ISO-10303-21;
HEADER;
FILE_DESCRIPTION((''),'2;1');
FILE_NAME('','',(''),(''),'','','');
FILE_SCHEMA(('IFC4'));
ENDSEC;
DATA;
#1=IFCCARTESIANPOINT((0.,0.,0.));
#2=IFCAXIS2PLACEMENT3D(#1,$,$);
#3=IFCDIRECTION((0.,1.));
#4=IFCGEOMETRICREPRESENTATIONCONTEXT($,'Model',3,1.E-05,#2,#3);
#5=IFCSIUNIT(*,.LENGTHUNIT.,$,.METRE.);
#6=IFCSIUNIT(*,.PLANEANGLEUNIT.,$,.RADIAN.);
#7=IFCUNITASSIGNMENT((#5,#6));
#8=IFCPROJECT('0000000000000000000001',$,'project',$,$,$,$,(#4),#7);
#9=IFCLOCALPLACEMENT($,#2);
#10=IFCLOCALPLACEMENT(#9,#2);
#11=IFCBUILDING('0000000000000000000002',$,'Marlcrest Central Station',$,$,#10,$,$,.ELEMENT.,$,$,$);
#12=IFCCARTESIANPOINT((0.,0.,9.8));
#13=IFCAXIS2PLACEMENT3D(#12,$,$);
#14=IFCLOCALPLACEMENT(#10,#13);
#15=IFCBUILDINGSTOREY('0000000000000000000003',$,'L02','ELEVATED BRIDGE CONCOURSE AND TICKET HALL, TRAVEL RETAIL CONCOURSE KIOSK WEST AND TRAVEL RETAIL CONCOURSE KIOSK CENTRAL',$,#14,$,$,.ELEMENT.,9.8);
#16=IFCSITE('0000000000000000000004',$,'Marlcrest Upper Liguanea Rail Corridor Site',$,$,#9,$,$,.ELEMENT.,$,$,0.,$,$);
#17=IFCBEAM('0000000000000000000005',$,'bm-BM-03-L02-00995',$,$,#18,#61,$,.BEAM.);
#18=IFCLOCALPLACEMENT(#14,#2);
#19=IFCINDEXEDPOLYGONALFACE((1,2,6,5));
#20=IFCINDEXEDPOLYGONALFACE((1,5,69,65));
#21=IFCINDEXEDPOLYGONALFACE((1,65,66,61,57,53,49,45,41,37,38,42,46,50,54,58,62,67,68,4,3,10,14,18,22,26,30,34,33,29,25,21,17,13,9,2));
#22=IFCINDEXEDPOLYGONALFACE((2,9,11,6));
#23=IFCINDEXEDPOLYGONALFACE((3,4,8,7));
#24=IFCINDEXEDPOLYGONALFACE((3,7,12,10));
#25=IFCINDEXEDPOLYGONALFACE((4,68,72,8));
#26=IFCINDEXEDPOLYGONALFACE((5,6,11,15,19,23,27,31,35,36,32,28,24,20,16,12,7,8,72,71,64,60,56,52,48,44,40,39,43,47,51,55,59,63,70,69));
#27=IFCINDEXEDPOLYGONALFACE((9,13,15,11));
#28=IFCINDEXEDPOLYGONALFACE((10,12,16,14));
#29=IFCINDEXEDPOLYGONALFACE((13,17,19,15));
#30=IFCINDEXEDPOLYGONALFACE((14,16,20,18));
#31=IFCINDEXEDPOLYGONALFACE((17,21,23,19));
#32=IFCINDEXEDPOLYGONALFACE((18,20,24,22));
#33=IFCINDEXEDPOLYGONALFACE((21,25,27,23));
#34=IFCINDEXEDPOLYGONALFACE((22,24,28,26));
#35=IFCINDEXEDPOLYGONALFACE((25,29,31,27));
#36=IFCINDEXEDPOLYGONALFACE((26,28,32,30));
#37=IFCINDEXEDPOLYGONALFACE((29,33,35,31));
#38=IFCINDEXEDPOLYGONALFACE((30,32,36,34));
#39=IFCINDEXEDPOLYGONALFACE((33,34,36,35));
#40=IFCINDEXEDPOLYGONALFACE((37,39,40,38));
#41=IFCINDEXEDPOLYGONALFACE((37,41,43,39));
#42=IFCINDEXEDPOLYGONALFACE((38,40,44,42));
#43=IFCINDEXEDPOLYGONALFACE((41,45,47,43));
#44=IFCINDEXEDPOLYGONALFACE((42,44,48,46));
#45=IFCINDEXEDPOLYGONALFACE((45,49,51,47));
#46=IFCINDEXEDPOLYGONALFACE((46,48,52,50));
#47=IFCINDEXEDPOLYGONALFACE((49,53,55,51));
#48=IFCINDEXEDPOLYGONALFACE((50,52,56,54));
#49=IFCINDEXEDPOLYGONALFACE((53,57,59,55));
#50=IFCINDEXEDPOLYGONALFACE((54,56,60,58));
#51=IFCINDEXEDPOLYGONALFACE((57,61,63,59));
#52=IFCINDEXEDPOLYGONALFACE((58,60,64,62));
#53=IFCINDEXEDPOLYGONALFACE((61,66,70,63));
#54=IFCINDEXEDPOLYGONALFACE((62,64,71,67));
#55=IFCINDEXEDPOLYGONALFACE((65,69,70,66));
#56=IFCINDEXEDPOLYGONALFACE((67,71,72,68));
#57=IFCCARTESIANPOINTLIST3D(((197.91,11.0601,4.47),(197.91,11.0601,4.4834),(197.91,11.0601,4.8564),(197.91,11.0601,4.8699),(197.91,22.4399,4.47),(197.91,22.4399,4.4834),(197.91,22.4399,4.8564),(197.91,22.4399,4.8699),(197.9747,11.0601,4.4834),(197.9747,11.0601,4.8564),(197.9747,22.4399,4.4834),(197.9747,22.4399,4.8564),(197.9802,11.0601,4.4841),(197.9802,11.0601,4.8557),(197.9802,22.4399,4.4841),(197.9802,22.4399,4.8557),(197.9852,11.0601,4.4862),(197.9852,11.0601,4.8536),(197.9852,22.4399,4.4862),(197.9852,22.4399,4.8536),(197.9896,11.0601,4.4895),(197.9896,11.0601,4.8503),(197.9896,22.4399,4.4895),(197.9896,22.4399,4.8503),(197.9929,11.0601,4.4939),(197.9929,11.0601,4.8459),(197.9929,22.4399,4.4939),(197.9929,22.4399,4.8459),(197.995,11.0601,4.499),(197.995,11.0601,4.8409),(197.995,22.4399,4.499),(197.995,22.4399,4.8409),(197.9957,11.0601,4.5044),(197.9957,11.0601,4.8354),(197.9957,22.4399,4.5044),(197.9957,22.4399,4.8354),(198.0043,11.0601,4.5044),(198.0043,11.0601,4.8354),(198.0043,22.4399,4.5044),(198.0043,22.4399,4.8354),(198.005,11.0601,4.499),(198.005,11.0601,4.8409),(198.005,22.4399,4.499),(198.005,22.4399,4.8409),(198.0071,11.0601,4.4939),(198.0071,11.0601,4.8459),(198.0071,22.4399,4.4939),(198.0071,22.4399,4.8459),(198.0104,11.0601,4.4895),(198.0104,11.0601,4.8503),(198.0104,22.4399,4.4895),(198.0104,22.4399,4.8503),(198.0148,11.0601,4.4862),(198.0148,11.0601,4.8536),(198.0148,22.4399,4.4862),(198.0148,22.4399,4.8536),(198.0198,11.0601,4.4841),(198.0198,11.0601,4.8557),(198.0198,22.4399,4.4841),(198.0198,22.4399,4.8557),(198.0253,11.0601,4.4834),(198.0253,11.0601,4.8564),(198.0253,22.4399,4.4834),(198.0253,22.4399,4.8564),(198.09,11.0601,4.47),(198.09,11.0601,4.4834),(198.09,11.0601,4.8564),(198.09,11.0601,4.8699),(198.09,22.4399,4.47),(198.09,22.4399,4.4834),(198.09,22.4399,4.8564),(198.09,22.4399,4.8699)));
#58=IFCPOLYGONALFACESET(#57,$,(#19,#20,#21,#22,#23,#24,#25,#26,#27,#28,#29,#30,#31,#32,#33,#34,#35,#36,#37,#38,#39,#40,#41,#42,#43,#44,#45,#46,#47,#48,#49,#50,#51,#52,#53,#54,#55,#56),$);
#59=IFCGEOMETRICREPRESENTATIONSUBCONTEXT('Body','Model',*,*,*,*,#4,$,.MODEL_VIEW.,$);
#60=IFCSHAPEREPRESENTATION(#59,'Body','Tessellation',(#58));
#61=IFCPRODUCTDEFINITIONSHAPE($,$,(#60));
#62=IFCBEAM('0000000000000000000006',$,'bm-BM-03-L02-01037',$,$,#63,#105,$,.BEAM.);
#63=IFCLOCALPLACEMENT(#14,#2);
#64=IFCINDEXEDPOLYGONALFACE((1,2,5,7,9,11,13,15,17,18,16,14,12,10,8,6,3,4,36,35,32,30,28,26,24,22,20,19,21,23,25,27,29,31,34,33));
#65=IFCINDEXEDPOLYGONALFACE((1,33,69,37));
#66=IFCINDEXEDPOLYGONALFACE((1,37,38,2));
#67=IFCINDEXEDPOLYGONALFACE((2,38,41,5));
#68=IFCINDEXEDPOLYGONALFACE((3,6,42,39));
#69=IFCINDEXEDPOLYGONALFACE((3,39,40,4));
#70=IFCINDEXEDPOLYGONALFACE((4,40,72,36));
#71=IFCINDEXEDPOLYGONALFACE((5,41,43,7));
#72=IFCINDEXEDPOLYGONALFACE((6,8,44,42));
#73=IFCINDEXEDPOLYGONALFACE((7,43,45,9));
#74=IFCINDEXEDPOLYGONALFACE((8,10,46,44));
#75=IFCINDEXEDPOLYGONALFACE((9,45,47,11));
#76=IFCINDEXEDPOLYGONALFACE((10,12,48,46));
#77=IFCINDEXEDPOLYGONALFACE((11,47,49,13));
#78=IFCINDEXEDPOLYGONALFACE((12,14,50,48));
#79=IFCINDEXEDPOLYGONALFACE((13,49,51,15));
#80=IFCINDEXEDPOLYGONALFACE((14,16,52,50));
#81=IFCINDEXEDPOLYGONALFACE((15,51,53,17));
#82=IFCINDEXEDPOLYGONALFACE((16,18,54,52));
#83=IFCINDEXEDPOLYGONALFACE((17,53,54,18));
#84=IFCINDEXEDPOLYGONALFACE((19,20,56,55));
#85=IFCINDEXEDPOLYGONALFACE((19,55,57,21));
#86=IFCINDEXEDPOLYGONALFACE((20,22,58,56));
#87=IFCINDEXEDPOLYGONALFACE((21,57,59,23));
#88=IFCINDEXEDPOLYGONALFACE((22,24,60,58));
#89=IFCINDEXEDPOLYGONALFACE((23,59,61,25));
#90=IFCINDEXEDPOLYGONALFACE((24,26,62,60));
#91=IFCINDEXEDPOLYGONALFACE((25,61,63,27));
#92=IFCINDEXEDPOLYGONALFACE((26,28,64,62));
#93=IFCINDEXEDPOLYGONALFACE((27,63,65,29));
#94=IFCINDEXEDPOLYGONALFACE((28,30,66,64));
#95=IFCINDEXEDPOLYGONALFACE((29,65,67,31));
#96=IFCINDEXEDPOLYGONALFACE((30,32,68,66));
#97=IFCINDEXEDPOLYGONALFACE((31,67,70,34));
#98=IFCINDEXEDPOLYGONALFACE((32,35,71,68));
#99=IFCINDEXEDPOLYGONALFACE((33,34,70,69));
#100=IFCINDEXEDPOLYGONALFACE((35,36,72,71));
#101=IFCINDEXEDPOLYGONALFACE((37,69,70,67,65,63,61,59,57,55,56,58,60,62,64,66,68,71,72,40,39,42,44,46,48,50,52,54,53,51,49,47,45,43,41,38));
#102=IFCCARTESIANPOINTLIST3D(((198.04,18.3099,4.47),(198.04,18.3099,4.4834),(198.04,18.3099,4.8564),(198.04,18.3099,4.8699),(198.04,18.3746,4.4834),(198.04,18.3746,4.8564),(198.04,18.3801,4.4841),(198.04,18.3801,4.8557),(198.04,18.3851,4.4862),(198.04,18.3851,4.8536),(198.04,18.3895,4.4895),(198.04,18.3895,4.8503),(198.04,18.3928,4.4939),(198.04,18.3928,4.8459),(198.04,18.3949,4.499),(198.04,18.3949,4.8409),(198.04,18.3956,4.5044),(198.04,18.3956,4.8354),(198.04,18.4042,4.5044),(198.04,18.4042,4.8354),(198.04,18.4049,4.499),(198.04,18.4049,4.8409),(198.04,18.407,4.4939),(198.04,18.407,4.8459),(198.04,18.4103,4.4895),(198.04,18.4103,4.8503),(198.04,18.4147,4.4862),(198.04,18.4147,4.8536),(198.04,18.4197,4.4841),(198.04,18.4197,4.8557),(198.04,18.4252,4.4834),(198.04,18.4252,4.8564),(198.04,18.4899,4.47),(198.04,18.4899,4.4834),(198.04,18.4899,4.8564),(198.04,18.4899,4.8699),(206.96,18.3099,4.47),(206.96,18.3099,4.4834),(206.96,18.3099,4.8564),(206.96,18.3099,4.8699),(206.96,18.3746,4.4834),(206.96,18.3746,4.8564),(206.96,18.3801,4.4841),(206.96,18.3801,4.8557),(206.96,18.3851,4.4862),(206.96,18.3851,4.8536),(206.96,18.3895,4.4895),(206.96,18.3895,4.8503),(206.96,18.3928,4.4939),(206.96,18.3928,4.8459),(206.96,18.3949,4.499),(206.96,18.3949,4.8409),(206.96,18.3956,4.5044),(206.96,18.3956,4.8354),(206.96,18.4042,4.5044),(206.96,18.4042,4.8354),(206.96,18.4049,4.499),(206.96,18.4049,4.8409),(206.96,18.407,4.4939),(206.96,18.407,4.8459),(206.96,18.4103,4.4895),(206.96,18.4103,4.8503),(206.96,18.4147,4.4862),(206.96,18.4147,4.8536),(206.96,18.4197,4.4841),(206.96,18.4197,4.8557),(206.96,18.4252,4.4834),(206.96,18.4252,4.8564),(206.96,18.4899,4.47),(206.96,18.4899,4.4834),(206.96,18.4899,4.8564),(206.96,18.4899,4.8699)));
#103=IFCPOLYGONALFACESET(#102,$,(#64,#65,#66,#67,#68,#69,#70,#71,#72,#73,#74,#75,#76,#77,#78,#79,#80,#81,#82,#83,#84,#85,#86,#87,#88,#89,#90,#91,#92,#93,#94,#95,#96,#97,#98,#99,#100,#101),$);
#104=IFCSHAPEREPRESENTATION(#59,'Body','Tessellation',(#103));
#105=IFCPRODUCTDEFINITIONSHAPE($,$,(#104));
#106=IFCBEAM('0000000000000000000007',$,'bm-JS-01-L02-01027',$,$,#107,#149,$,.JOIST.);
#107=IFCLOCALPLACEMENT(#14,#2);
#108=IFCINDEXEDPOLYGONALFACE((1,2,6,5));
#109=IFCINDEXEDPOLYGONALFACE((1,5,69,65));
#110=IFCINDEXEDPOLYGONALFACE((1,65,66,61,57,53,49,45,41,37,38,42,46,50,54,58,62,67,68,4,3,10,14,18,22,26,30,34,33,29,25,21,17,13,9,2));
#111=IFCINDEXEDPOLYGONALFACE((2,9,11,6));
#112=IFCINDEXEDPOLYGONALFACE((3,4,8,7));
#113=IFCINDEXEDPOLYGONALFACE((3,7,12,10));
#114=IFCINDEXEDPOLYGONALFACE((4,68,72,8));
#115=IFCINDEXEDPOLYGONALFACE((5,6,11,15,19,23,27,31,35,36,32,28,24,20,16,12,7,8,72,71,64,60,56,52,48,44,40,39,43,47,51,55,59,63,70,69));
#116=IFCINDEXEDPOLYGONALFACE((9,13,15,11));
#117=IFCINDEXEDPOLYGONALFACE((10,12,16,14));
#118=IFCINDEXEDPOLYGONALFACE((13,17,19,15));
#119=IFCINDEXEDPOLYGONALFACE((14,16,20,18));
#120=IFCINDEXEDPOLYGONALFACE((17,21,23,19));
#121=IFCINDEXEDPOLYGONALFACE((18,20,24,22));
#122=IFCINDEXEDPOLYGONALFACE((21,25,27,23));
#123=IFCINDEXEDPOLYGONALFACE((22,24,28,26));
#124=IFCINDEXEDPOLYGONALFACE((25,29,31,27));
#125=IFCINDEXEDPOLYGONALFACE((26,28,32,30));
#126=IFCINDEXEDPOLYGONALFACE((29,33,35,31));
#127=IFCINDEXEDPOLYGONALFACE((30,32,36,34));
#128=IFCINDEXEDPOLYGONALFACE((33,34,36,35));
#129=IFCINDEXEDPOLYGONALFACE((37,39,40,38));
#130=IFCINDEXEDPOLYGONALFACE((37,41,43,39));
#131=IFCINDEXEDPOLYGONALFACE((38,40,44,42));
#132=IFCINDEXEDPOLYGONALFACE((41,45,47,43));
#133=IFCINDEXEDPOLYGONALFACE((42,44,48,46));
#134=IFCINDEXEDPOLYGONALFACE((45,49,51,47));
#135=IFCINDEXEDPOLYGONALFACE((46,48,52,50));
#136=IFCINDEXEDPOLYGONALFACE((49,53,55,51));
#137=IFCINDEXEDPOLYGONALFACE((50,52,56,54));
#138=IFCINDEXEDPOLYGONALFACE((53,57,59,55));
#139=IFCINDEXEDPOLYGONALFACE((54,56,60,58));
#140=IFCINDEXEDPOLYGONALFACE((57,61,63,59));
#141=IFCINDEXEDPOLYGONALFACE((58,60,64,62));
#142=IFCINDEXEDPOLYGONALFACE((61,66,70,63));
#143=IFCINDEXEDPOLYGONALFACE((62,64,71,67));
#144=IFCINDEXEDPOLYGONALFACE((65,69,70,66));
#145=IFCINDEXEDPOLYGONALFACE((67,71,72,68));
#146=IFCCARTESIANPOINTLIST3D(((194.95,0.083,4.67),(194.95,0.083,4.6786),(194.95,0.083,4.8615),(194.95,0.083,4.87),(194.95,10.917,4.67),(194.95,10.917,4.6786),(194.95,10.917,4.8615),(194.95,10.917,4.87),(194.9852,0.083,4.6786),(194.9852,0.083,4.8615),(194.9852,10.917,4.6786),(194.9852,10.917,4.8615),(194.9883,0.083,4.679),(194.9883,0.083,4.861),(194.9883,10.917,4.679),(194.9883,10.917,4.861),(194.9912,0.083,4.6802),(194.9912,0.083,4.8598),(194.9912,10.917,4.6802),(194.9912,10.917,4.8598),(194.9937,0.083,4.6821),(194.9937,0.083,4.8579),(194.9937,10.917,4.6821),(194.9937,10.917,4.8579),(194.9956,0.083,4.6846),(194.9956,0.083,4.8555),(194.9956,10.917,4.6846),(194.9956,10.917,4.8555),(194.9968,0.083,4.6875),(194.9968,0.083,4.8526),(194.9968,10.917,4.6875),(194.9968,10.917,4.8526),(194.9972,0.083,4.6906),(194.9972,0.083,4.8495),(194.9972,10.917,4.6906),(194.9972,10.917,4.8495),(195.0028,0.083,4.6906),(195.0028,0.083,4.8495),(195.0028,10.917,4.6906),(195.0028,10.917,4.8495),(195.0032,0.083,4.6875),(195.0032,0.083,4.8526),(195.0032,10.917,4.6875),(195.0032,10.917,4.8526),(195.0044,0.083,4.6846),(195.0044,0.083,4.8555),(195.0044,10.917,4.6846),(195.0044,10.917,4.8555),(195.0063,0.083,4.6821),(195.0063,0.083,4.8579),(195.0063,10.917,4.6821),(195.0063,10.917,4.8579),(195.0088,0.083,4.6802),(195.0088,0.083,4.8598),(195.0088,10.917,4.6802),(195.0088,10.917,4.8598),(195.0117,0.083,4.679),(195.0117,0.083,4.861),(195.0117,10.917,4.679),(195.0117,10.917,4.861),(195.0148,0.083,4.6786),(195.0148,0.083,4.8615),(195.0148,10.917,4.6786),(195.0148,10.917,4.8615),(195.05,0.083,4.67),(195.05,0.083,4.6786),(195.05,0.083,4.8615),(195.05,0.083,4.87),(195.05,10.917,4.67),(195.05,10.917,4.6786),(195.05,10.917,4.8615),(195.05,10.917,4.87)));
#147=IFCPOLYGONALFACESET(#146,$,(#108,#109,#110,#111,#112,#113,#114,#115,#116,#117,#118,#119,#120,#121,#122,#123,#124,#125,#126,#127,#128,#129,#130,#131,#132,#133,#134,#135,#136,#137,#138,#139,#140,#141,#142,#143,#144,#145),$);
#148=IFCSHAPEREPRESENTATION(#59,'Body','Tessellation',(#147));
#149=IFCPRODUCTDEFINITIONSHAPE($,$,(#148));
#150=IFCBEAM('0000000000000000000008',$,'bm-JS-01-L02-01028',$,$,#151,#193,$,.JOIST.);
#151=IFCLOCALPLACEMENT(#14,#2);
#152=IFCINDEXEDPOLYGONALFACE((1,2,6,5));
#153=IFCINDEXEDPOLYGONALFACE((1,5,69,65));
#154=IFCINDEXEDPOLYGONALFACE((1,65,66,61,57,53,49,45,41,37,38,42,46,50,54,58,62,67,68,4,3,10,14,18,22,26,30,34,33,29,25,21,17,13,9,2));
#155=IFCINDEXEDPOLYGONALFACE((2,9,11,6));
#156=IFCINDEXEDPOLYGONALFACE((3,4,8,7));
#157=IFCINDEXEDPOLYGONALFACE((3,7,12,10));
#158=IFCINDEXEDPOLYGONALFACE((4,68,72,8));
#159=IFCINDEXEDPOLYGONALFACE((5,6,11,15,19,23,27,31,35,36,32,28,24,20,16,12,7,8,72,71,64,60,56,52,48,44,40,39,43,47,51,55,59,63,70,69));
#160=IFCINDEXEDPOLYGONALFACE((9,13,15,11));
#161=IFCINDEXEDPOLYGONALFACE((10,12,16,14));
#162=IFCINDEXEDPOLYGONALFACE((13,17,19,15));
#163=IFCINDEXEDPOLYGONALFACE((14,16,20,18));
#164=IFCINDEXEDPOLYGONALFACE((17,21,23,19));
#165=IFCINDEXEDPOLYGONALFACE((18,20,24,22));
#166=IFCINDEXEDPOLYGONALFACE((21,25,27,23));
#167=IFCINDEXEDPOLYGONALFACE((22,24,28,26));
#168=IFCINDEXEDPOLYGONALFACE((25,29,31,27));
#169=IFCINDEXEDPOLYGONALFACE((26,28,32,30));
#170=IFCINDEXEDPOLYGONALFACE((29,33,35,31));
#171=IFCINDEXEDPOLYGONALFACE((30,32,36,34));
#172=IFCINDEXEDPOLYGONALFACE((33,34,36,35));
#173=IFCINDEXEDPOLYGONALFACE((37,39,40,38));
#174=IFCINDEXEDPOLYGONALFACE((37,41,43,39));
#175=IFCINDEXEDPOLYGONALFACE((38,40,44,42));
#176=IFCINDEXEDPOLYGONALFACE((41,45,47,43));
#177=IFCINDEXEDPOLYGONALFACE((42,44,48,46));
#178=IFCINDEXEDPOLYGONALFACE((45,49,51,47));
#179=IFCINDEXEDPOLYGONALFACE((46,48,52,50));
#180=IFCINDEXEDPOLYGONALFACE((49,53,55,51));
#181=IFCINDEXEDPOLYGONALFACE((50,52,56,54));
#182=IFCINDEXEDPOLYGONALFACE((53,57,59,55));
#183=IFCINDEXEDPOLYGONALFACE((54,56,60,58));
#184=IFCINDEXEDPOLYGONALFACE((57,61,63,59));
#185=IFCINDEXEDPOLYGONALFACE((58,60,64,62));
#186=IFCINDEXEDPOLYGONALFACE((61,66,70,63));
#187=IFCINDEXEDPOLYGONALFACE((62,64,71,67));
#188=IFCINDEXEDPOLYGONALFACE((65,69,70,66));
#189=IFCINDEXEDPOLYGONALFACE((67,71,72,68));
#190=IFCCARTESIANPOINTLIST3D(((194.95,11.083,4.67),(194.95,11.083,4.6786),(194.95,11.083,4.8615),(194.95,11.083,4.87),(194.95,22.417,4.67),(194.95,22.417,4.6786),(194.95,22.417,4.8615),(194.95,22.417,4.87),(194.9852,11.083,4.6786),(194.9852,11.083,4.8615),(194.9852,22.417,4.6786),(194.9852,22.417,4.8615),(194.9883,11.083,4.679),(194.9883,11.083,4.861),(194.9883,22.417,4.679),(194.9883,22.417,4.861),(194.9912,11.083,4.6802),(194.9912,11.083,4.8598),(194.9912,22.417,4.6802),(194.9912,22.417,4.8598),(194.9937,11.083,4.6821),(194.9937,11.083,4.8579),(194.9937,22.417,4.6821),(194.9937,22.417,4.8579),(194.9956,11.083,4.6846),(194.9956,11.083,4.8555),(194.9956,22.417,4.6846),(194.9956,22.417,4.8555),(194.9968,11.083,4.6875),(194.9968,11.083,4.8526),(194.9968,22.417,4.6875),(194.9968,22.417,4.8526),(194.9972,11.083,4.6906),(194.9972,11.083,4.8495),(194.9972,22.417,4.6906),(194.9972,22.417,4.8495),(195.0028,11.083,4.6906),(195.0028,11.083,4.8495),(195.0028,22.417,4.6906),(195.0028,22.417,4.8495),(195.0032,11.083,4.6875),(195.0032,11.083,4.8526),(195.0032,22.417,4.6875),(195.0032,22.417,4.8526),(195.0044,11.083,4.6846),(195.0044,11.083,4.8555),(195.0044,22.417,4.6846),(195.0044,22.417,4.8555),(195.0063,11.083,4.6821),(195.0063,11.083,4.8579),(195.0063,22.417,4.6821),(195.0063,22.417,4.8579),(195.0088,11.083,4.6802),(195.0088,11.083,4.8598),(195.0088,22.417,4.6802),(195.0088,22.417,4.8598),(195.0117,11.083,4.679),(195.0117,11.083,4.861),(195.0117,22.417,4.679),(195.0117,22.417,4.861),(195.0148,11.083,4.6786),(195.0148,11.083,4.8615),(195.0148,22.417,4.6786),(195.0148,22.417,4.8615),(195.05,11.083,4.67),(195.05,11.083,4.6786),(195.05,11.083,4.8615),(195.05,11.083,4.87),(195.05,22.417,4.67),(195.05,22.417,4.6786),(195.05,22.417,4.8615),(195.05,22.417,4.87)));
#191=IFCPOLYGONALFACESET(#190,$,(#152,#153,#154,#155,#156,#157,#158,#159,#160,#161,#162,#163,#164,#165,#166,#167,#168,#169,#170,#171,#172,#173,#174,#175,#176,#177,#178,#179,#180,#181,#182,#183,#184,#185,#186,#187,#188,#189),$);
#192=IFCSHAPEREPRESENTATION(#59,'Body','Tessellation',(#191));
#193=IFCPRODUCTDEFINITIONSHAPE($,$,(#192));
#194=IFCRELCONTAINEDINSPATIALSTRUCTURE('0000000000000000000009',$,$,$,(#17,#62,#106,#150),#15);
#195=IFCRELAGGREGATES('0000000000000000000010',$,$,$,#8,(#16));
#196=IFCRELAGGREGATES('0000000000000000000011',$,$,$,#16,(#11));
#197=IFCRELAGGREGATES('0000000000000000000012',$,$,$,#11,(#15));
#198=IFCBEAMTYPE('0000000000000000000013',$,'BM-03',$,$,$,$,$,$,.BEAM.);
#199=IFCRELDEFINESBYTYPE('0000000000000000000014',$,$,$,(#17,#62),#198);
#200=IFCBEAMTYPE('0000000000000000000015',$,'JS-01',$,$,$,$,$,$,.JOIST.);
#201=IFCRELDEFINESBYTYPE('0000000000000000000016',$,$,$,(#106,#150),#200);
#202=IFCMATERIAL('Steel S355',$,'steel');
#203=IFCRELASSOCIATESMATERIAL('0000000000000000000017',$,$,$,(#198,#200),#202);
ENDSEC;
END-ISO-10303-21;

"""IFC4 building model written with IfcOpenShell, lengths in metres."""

from ifc_helpers import new_model, si_unit, direction, frame, origin, origin_2d, place, context, subcontext, project, spatial, i_section, extrude, material, material_profile, profile_set, type_object, element, save


model = new_model("IFC4")

# Units and contexts
model_context = context("Model", 3, precision=1e-05, world=origin(), true_north=direction((0.0, 1.0)))
body_context = subcontext(model_context, "Body", "Model", "MODEL_VIEW")
ifc_project = project(units=[si_unit("LENGTHUNIT", "METRE"), si_unit("PLANEANGLEUNIT", "RADIAN")], contexts=[model_context])

# Site, building, storey
site_placement = place(None, origin())
site = spatial("IfcSite", under=ifc_project, at=site_placement, Name="Marlcrest Upper Liguanea Rail Corridor Site", CompositionType="ELEMENT", RefElevation=0.0)
building_placement = place(site_placement, origin())
building = spatial("IfcBuilding", under=site, at=building_placement, Name="Marlcrest Central Station", CompositionType="ELEMENT")
storey_placement = place(building_placement, frame((0.0, 0.0, 9.8)))
storey = spatial("IfcBuildingStorey", under=building, at=storey_placement, Name="L02", Description="ELEVATED BRIDGE CONCOURSE AND TICKET HALL, TRAVEL RETAIL CONCOURSE KIOSK WEST AND TRAVEL RETAIL CONCOURSE KIOSK CENTRAL", CompositionType="ELEMENT", Elevation=9.8)

# Beams
ifc_material_1 = material(Name="Steel S355", Category="steel")
ifc_material_profile_1 = material_profile(ifc_material_1, i_section(OverallWidth=0.1799, OverallDepth=0.3999, WebThickness=0.0085, FlangeThickness=0.0134, FilletRadius=0.021, at=origin_2d()), Name="IPE 400")
ifc_profile_set_1 = profile_set([ifc_material_profile_1], Name="Steel S355")
beam_type_1 = type_object("IfcBeamType", Name="BM-03", PredefinedType="BEAM", material=ifc_profile_set_1)
beam_1_placement = place(storey_placement, frame((198.0, 11.0601, 4.6699), z_axis=(0.0, 1.0, 0.0), x_axis=(-1.0, 0.0, 0.0)))
element("IfcBeam", 1, at=beam_1_placement, inside=storey, type_object=beam_type_1, Name="bm-BM-03-L02-00995", PredefinedType="BEAM", context=body_context, shape_type="SweptSolid", body=[
    extrude(i_section(OverallWidth=0.1799, OverallDepth=0.3999, WebThickness=0.0085, FlangeThickness=0.0134, FilletRadius=0.021, at=origin_2d()), origin(), (0.0, 0.0, 1.0), 11.3799),
])
beam_2_placement = place(storey_placement, frame((198.04, 18.3999, 4.6699), z_axis=(1.0, 0.0, 0.0), x_axis=(0.0, 1.0, 0.0)))
element("IfcBeam", 2, at=beam_2_placement, inside=storey, type_object=beam_type_1, Name="bm-BM-03-L02-01037", PredefinedType="BEAM", context=body_context, shape_type="SweptSolid", body=[
    extrude(i_section(OverallWidth=0.1799, OverallDepth=0.3999, WebThickness=0.0085, FlangeThickness=0.0134, FilletRadius=0.021, at=origin_2d()), origin(), (0.0, 0.0, 1.0), 8.9199),
])
ifc_material_profile_2 = material_profile(ifc_material_1, i_section(OverallWidth=0.1001, OverallDepth=0.2, WebThickness=0.0056, FlangeThickness=0.0085, FilletRadius=0.012, at=origin_2d()), Name="IPE 200")
ifc_profile_set_2 = profile_set([ifc_material_profile_2], Name="Steel S355")
beam_type_2 = type_object("IfcBeamType", Name="JS-01", PredefinedType="JOIST", material=ifc_profile_set_2)
beam_3_placement = place(storey_placement, frame((195.0, 0.083, 4.77), z_axis=(0.0, 1.0, 0.0), x_axis=(-1.0, 0.0, 0.0)))
element("IfcBeam", 3, at=beam_3_placement, inside=storey, type_object=beam_type_2, Name="bm-JS-01-L02-01027", PredefinedType="JOIST", context=body_context, shape_type="SweptSolid", body=[
    extrude(i_section(OverallWidth=0.1001, OverallDepth=0.2, WebThickness=0.0056, FlangeThickness=0.0085, FilletRadius=0.012, at=origin_2d()), origin(), (0.0, 0.0, 1.0), 10.834),
])
beam_4_placement = place(storey_placement, frame((195.0, 11.083, 4.77), z_axis=(0.0, 1.0, 0.0), x_axis=(-1.0, 0.0, 0.0)))
element("IfcBeam", 4, at=beam_4_placement, inside=storey, type_object=beam_type_2, Name="bm-JS-01-L02-01028", PredefinedType="JOIST", context=body_context, shape_type="SweptSolid", body=[
    extrude(i_section(OverallWidth=0.1001, OverallDepth=0.2, WebThickness=0.0056, FlangeThickness=0.0085, FilletRadius=0.012, at=origin_2d()), origin(), (0.0, 0.0, 1.0), 11.334),
])

save(model, "model.ifc")
